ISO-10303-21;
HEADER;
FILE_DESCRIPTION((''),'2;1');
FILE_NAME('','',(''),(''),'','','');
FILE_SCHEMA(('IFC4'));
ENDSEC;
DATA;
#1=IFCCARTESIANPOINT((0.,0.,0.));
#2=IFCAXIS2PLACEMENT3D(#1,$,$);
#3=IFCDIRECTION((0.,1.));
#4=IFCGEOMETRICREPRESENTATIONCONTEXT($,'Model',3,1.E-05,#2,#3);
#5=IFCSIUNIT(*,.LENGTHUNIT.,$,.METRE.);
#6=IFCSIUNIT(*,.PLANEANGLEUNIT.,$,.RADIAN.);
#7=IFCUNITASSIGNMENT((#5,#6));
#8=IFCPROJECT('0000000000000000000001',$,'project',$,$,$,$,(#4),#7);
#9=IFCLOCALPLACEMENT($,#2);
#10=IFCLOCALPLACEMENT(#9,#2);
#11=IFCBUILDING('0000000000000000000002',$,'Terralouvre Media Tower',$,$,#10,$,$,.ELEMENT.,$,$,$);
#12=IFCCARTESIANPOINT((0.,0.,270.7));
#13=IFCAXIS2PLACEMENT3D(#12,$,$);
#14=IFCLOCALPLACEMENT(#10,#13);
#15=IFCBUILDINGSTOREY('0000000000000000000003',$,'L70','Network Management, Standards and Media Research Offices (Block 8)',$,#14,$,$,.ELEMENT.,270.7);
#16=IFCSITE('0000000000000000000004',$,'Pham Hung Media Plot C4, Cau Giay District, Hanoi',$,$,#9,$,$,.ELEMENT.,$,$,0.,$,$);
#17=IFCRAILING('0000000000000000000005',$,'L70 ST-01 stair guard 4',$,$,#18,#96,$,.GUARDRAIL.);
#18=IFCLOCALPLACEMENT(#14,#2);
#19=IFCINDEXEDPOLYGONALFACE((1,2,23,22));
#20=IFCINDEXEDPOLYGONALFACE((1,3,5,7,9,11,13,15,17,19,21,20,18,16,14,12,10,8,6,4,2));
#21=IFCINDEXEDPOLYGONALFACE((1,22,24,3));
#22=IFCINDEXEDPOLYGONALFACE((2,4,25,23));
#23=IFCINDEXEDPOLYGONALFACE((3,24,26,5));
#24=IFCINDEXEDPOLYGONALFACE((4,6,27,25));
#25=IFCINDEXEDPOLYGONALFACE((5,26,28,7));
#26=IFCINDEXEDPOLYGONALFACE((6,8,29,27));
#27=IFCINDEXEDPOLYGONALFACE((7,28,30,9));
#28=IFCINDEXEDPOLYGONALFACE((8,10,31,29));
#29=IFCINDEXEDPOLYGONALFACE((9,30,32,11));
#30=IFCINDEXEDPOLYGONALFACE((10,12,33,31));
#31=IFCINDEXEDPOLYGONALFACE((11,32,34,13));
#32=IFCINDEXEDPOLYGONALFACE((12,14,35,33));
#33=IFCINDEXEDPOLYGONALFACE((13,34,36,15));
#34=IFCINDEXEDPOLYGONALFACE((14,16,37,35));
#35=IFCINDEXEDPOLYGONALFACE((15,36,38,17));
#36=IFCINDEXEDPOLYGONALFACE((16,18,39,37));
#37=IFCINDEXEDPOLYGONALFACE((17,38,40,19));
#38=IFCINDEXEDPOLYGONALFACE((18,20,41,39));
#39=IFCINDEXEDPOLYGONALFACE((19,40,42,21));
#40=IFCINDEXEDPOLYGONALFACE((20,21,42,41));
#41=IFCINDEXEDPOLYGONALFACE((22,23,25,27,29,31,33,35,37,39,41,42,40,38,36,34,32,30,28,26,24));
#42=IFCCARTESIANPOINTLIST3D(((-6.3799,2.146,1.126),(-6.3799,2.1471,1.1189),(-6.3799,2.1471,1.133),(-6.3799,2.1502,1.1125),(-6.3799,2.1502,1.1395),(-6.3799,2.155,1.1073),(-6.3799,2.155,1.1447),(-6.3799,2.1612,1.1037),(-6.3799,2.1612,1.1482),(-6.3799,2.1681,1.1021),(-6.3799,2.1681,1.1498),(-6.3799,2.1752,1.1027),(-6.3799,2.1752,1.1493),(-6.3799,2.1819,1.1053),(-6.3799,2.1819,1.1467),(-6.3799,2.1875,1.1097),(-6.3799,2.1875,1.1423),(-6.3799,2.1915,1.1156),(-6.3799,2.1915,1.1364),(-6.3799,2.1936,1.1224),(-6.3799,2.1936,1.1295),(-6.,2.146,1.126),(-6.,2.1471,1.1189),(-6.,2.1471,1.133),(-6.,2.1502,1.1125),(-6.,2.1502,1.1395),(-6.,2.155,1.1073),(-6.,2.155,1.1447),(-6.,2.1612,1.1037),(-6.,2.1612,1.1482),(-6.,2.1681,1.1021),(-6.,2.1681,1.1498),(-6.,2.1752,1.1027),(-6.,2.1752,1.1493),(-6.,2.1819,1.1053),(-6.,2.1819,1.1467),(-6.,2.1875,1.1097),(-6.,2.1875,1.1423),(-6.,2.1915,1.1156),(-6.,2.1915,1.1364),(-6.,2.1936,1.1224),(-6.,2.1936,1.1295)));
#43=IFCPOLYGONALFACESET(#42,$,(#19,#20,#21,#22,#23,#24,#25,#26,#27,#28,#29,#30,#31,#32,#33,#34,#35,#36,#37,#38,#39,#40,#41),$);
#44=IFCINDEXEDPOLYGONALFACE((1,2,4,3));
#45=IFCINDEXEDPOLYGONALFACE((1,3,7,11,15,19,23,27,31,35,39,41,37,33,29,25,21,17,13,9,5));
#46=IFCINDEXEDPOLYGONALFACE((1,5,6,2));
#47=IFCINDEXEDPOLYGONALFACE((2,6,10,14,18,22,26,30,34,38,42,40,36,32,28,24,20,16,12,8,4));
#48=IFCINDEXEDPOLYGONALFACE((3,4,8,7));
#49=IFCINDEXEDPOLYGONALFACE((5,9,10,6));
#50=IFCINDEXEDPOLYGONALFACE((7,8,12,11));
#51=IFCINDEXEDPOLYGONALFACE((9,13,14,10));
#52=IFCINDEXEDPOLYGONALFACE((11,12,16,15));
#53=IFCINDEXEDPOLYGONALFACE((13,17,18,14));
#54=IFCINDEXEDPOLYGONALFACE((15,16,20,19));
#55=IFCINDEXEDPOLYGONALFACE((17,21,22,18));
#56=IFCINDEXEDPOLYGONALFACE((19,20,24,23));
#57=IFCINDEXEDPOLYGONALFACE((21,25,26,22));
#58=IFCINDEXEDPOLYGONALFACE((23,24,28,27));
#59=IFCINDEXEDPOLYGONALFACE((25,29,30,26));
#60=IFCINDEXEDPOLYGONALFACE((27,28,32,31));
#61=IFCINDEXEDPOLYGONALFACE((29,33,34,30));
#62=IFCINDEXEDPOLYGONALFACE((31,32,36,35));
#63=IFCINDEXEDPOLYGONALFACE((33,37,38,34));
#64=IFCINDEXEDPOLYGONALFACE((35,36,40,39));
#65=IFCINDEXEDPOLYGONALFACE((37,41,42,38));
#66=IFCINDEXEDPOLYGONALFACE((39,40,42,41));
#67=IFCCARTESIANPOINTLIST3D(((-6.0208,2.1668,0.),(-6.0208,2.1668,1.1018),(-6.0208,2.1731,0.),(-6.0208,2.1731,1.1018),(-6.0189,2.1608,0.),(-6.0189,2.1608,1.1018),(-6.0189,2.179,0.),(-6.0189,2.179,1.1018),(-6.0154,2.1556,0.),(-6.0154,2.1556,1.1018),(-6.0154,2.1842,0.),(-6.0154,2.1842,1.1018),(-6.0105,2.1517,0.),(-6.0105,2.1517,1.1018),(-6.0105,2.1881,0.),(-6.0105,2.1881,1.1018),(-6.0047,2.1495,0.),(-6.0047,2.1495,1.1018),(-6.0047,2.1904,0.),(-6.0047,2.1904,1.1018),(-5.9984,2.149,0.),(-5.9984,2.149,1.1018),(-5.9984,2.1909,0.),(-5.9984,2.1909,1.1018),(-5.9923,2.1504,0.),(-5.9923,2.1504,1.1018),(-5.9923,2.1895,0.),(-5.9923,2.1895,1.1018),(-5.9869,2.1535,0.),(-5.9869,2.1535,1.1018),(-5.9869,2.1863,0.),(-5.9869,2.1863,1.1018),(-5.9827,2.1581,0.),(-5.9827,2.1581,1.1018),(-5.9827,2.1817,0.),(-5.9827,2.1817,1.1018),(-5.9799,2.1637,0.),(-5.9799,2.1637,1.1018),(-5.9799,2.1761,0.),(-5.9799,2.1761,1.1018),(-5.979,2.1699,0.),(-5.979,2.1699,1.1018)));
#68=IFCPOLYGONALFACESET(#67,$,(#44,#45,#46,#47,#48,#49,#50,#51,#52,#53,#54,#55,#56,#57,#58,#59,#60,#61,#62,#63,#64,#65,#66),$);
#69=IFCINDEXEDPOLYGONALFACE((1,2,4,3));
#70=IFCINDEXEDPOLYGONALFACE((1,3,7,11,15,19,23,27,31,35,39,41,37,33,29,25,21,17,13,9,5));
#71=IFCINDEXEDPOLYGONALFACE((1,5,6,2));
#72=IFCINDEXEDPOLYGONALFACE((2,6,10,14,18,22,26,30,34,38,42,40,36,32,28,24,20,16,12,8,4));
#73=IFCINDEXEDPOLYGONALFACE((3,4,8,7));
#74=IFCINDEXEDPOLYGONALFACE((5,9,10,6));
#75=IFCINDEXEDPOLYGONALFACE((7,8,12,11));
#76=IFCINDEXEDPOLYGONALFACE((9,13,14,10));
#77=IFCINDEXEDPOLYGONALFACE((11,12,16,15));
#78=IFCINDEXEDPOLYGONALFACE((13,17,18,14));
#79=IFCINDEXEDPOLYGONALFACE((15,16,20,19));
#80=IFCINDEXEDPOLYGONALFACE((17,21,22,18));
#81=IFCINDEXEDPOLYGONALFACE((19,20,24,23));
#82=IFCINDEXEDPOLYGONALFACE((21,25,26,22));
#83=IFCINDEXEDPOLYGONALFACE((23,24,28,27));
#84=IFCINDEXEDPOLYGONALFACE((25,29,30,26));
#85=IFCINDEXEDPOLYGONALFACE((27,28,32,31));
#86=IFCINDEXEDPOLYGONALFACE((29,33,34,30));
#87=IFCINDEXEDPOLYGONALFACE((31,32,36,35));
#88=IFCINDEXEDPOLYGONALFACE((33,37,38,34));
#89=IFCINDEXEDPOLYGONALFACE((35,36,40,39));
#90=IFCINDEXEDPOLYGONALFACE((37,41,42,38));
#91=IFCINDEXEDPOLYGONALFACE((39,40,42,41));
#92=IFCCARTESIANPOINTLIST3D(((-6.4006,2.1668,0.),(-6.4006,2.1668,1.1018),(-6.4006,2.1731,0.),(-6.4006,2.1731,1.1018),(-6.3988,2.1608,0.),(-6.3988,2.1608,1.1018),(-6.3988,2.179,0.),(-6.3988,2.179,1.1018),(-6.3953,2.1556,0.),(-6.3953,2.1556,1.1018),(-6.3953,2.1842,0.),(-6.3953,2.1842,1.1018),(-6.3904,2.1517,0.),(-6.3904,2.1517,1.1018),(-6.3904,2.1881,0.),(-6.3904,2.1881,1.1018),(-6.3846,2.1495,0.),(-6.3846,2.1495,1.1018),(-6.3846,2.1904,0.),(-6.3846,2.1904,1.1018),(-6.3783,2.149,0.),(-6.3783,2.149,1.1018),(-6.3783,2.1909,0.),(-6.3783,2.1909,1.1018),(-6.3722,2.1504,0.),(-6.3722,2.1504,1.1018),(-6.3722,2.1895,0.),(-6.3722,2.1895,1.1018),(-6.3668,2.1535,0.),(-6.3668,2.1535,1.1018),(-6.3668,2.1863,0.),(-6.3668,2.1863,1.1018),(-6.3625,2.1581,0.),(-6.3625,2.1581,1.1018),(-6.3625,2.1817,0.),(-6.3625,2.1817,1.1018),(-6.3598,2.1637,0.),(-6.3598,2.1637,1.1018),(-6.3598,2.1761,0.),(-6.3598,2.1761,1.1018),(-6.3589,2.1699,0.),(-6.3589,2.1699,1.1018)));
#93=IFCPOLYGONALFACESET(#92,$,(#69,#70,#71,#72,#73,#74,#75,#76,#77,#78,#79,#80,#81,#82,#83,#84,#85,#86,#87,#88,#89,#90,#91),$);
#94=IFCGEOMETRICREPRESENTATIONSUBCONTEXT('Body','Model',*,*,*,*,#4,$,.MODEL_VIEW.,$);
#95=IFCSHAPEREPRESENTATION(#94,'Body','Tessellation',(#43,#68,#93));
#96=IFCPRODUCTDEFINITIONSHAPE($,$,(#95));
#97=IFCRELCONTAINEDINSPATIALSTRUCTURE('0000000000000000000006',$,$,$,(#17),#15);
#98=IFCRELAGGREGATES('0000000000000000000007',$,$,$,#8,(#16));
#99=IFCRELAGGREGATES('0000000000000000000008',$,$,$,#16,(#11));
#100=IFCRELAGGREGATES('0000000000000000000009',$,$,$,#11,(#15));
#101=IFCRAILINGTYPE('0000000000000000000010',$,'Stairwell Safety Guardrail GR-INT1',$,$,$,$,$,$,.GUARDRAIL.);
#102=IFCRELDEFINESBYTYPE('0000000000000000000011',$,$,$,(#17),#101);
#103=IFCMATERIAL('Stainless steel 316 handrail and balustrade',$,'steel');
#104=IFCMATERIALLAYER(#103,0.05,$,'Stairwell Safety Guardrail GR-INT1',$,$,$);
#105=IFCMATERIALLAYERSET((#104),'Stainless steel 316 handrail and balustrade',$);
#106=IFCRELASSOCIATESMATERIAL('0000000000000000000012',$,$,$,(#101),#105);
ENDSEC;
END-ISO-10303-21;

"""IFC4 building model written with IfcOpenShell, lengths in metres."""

from ifc_helpers import new_model, si_unit, direction, frame, origin, origin_2d, place, context, subcontext, project, spatial, circle, extrude, material, layer, layer_set, type_object, element, save


model = new_model("IFC4")

# Units and contexts
model_context = context("Model", 3, precision=1e-05, world=origin(), true_north=direction((0.0, 1.0)))
body_context = subcontext(model_context, "Body", "Model", "MODEL_VIEW")
ifc_project = project(units=[si_unit("LENGTHUNIT", "METRE"), si_unit("PLANEANGLEUNIT", "RADIAN")], contexts=[model_context])

# Site, building, storey
site_placement = place(None, origin())
site = spatial("IfcSite", under=ifc_project, at=site_placement, Name="Pham Hung Media Plot C4, Cau Giay District, Hanoi", CompositionType="ELEMENT", RefElevation=0.0)
building_placement = place(site_placement, origin())
building = spatial("IfcBuilding", under=site, at=building_placement, Name="Terralouvre Media Tower", CompositionType="ELEMENT")
storey_placement = place(building_placement, frame((0.0, 0.0, 270.7)))
storey = spatial("IfcBuildingStorey", under=building, at=storey_placement, Name="L70", Description="Network Management, Standards and Media Research Offices (Block 8)", CompositionType="ELEMENT", Elevation=270.7)

# Railing
ifc_material_1 = material(Name="Stainless steel 316 handrail and balustrade", Category="steel")
ifc_layer_1 = layer(ifc_material_1, 0.05, Name="Stairwell Safety Guardrail GR-INT1")
ifc_layer_set_1 = layer_set([ifc_layer_1], Name="Stainless steel 316 handrail and balustrade")
railing_type_1 = type_object("IfcRailingType", Name="Stairwell Safety Guardrail GR-INT1", PredefinedType="GUARDRAIL", material=ifc_layer_set_1)
railing_1_placement = place(storey_placement, frame((-6.0, 2.1699, 0.0)))
element("IfcRailing", 1, at=railing_1_placement, inside=storey, type_object=railing_type_1, Name="L70 ST-01 stair guard 4", PredefinedType="GUARDRAIL", context=body_context, shape_type="SweptSolid", body=[
    extrude(circle(Radius=0.0239, at=origin_2d()), frame((0.0, 0.0, 1.126), z_axis=(-1.0, 0.0, 0.0), x_axis=(0.0, -1.0, 0.0)), (0.0, 0.0, 1.0), 0.3799),
    extrude(circle(Radius=0.021, at=origin_2d()), origin(), (0.0, 0.0, 1.0), 1.1018),
    extrude(circle(Radius=0.021, at=origin_2d()), frame((-0.3799, 0.0, 0.0)), (0.0, 0.0, 1.0), 1.1018),
])

save(model, "model.ifc")
